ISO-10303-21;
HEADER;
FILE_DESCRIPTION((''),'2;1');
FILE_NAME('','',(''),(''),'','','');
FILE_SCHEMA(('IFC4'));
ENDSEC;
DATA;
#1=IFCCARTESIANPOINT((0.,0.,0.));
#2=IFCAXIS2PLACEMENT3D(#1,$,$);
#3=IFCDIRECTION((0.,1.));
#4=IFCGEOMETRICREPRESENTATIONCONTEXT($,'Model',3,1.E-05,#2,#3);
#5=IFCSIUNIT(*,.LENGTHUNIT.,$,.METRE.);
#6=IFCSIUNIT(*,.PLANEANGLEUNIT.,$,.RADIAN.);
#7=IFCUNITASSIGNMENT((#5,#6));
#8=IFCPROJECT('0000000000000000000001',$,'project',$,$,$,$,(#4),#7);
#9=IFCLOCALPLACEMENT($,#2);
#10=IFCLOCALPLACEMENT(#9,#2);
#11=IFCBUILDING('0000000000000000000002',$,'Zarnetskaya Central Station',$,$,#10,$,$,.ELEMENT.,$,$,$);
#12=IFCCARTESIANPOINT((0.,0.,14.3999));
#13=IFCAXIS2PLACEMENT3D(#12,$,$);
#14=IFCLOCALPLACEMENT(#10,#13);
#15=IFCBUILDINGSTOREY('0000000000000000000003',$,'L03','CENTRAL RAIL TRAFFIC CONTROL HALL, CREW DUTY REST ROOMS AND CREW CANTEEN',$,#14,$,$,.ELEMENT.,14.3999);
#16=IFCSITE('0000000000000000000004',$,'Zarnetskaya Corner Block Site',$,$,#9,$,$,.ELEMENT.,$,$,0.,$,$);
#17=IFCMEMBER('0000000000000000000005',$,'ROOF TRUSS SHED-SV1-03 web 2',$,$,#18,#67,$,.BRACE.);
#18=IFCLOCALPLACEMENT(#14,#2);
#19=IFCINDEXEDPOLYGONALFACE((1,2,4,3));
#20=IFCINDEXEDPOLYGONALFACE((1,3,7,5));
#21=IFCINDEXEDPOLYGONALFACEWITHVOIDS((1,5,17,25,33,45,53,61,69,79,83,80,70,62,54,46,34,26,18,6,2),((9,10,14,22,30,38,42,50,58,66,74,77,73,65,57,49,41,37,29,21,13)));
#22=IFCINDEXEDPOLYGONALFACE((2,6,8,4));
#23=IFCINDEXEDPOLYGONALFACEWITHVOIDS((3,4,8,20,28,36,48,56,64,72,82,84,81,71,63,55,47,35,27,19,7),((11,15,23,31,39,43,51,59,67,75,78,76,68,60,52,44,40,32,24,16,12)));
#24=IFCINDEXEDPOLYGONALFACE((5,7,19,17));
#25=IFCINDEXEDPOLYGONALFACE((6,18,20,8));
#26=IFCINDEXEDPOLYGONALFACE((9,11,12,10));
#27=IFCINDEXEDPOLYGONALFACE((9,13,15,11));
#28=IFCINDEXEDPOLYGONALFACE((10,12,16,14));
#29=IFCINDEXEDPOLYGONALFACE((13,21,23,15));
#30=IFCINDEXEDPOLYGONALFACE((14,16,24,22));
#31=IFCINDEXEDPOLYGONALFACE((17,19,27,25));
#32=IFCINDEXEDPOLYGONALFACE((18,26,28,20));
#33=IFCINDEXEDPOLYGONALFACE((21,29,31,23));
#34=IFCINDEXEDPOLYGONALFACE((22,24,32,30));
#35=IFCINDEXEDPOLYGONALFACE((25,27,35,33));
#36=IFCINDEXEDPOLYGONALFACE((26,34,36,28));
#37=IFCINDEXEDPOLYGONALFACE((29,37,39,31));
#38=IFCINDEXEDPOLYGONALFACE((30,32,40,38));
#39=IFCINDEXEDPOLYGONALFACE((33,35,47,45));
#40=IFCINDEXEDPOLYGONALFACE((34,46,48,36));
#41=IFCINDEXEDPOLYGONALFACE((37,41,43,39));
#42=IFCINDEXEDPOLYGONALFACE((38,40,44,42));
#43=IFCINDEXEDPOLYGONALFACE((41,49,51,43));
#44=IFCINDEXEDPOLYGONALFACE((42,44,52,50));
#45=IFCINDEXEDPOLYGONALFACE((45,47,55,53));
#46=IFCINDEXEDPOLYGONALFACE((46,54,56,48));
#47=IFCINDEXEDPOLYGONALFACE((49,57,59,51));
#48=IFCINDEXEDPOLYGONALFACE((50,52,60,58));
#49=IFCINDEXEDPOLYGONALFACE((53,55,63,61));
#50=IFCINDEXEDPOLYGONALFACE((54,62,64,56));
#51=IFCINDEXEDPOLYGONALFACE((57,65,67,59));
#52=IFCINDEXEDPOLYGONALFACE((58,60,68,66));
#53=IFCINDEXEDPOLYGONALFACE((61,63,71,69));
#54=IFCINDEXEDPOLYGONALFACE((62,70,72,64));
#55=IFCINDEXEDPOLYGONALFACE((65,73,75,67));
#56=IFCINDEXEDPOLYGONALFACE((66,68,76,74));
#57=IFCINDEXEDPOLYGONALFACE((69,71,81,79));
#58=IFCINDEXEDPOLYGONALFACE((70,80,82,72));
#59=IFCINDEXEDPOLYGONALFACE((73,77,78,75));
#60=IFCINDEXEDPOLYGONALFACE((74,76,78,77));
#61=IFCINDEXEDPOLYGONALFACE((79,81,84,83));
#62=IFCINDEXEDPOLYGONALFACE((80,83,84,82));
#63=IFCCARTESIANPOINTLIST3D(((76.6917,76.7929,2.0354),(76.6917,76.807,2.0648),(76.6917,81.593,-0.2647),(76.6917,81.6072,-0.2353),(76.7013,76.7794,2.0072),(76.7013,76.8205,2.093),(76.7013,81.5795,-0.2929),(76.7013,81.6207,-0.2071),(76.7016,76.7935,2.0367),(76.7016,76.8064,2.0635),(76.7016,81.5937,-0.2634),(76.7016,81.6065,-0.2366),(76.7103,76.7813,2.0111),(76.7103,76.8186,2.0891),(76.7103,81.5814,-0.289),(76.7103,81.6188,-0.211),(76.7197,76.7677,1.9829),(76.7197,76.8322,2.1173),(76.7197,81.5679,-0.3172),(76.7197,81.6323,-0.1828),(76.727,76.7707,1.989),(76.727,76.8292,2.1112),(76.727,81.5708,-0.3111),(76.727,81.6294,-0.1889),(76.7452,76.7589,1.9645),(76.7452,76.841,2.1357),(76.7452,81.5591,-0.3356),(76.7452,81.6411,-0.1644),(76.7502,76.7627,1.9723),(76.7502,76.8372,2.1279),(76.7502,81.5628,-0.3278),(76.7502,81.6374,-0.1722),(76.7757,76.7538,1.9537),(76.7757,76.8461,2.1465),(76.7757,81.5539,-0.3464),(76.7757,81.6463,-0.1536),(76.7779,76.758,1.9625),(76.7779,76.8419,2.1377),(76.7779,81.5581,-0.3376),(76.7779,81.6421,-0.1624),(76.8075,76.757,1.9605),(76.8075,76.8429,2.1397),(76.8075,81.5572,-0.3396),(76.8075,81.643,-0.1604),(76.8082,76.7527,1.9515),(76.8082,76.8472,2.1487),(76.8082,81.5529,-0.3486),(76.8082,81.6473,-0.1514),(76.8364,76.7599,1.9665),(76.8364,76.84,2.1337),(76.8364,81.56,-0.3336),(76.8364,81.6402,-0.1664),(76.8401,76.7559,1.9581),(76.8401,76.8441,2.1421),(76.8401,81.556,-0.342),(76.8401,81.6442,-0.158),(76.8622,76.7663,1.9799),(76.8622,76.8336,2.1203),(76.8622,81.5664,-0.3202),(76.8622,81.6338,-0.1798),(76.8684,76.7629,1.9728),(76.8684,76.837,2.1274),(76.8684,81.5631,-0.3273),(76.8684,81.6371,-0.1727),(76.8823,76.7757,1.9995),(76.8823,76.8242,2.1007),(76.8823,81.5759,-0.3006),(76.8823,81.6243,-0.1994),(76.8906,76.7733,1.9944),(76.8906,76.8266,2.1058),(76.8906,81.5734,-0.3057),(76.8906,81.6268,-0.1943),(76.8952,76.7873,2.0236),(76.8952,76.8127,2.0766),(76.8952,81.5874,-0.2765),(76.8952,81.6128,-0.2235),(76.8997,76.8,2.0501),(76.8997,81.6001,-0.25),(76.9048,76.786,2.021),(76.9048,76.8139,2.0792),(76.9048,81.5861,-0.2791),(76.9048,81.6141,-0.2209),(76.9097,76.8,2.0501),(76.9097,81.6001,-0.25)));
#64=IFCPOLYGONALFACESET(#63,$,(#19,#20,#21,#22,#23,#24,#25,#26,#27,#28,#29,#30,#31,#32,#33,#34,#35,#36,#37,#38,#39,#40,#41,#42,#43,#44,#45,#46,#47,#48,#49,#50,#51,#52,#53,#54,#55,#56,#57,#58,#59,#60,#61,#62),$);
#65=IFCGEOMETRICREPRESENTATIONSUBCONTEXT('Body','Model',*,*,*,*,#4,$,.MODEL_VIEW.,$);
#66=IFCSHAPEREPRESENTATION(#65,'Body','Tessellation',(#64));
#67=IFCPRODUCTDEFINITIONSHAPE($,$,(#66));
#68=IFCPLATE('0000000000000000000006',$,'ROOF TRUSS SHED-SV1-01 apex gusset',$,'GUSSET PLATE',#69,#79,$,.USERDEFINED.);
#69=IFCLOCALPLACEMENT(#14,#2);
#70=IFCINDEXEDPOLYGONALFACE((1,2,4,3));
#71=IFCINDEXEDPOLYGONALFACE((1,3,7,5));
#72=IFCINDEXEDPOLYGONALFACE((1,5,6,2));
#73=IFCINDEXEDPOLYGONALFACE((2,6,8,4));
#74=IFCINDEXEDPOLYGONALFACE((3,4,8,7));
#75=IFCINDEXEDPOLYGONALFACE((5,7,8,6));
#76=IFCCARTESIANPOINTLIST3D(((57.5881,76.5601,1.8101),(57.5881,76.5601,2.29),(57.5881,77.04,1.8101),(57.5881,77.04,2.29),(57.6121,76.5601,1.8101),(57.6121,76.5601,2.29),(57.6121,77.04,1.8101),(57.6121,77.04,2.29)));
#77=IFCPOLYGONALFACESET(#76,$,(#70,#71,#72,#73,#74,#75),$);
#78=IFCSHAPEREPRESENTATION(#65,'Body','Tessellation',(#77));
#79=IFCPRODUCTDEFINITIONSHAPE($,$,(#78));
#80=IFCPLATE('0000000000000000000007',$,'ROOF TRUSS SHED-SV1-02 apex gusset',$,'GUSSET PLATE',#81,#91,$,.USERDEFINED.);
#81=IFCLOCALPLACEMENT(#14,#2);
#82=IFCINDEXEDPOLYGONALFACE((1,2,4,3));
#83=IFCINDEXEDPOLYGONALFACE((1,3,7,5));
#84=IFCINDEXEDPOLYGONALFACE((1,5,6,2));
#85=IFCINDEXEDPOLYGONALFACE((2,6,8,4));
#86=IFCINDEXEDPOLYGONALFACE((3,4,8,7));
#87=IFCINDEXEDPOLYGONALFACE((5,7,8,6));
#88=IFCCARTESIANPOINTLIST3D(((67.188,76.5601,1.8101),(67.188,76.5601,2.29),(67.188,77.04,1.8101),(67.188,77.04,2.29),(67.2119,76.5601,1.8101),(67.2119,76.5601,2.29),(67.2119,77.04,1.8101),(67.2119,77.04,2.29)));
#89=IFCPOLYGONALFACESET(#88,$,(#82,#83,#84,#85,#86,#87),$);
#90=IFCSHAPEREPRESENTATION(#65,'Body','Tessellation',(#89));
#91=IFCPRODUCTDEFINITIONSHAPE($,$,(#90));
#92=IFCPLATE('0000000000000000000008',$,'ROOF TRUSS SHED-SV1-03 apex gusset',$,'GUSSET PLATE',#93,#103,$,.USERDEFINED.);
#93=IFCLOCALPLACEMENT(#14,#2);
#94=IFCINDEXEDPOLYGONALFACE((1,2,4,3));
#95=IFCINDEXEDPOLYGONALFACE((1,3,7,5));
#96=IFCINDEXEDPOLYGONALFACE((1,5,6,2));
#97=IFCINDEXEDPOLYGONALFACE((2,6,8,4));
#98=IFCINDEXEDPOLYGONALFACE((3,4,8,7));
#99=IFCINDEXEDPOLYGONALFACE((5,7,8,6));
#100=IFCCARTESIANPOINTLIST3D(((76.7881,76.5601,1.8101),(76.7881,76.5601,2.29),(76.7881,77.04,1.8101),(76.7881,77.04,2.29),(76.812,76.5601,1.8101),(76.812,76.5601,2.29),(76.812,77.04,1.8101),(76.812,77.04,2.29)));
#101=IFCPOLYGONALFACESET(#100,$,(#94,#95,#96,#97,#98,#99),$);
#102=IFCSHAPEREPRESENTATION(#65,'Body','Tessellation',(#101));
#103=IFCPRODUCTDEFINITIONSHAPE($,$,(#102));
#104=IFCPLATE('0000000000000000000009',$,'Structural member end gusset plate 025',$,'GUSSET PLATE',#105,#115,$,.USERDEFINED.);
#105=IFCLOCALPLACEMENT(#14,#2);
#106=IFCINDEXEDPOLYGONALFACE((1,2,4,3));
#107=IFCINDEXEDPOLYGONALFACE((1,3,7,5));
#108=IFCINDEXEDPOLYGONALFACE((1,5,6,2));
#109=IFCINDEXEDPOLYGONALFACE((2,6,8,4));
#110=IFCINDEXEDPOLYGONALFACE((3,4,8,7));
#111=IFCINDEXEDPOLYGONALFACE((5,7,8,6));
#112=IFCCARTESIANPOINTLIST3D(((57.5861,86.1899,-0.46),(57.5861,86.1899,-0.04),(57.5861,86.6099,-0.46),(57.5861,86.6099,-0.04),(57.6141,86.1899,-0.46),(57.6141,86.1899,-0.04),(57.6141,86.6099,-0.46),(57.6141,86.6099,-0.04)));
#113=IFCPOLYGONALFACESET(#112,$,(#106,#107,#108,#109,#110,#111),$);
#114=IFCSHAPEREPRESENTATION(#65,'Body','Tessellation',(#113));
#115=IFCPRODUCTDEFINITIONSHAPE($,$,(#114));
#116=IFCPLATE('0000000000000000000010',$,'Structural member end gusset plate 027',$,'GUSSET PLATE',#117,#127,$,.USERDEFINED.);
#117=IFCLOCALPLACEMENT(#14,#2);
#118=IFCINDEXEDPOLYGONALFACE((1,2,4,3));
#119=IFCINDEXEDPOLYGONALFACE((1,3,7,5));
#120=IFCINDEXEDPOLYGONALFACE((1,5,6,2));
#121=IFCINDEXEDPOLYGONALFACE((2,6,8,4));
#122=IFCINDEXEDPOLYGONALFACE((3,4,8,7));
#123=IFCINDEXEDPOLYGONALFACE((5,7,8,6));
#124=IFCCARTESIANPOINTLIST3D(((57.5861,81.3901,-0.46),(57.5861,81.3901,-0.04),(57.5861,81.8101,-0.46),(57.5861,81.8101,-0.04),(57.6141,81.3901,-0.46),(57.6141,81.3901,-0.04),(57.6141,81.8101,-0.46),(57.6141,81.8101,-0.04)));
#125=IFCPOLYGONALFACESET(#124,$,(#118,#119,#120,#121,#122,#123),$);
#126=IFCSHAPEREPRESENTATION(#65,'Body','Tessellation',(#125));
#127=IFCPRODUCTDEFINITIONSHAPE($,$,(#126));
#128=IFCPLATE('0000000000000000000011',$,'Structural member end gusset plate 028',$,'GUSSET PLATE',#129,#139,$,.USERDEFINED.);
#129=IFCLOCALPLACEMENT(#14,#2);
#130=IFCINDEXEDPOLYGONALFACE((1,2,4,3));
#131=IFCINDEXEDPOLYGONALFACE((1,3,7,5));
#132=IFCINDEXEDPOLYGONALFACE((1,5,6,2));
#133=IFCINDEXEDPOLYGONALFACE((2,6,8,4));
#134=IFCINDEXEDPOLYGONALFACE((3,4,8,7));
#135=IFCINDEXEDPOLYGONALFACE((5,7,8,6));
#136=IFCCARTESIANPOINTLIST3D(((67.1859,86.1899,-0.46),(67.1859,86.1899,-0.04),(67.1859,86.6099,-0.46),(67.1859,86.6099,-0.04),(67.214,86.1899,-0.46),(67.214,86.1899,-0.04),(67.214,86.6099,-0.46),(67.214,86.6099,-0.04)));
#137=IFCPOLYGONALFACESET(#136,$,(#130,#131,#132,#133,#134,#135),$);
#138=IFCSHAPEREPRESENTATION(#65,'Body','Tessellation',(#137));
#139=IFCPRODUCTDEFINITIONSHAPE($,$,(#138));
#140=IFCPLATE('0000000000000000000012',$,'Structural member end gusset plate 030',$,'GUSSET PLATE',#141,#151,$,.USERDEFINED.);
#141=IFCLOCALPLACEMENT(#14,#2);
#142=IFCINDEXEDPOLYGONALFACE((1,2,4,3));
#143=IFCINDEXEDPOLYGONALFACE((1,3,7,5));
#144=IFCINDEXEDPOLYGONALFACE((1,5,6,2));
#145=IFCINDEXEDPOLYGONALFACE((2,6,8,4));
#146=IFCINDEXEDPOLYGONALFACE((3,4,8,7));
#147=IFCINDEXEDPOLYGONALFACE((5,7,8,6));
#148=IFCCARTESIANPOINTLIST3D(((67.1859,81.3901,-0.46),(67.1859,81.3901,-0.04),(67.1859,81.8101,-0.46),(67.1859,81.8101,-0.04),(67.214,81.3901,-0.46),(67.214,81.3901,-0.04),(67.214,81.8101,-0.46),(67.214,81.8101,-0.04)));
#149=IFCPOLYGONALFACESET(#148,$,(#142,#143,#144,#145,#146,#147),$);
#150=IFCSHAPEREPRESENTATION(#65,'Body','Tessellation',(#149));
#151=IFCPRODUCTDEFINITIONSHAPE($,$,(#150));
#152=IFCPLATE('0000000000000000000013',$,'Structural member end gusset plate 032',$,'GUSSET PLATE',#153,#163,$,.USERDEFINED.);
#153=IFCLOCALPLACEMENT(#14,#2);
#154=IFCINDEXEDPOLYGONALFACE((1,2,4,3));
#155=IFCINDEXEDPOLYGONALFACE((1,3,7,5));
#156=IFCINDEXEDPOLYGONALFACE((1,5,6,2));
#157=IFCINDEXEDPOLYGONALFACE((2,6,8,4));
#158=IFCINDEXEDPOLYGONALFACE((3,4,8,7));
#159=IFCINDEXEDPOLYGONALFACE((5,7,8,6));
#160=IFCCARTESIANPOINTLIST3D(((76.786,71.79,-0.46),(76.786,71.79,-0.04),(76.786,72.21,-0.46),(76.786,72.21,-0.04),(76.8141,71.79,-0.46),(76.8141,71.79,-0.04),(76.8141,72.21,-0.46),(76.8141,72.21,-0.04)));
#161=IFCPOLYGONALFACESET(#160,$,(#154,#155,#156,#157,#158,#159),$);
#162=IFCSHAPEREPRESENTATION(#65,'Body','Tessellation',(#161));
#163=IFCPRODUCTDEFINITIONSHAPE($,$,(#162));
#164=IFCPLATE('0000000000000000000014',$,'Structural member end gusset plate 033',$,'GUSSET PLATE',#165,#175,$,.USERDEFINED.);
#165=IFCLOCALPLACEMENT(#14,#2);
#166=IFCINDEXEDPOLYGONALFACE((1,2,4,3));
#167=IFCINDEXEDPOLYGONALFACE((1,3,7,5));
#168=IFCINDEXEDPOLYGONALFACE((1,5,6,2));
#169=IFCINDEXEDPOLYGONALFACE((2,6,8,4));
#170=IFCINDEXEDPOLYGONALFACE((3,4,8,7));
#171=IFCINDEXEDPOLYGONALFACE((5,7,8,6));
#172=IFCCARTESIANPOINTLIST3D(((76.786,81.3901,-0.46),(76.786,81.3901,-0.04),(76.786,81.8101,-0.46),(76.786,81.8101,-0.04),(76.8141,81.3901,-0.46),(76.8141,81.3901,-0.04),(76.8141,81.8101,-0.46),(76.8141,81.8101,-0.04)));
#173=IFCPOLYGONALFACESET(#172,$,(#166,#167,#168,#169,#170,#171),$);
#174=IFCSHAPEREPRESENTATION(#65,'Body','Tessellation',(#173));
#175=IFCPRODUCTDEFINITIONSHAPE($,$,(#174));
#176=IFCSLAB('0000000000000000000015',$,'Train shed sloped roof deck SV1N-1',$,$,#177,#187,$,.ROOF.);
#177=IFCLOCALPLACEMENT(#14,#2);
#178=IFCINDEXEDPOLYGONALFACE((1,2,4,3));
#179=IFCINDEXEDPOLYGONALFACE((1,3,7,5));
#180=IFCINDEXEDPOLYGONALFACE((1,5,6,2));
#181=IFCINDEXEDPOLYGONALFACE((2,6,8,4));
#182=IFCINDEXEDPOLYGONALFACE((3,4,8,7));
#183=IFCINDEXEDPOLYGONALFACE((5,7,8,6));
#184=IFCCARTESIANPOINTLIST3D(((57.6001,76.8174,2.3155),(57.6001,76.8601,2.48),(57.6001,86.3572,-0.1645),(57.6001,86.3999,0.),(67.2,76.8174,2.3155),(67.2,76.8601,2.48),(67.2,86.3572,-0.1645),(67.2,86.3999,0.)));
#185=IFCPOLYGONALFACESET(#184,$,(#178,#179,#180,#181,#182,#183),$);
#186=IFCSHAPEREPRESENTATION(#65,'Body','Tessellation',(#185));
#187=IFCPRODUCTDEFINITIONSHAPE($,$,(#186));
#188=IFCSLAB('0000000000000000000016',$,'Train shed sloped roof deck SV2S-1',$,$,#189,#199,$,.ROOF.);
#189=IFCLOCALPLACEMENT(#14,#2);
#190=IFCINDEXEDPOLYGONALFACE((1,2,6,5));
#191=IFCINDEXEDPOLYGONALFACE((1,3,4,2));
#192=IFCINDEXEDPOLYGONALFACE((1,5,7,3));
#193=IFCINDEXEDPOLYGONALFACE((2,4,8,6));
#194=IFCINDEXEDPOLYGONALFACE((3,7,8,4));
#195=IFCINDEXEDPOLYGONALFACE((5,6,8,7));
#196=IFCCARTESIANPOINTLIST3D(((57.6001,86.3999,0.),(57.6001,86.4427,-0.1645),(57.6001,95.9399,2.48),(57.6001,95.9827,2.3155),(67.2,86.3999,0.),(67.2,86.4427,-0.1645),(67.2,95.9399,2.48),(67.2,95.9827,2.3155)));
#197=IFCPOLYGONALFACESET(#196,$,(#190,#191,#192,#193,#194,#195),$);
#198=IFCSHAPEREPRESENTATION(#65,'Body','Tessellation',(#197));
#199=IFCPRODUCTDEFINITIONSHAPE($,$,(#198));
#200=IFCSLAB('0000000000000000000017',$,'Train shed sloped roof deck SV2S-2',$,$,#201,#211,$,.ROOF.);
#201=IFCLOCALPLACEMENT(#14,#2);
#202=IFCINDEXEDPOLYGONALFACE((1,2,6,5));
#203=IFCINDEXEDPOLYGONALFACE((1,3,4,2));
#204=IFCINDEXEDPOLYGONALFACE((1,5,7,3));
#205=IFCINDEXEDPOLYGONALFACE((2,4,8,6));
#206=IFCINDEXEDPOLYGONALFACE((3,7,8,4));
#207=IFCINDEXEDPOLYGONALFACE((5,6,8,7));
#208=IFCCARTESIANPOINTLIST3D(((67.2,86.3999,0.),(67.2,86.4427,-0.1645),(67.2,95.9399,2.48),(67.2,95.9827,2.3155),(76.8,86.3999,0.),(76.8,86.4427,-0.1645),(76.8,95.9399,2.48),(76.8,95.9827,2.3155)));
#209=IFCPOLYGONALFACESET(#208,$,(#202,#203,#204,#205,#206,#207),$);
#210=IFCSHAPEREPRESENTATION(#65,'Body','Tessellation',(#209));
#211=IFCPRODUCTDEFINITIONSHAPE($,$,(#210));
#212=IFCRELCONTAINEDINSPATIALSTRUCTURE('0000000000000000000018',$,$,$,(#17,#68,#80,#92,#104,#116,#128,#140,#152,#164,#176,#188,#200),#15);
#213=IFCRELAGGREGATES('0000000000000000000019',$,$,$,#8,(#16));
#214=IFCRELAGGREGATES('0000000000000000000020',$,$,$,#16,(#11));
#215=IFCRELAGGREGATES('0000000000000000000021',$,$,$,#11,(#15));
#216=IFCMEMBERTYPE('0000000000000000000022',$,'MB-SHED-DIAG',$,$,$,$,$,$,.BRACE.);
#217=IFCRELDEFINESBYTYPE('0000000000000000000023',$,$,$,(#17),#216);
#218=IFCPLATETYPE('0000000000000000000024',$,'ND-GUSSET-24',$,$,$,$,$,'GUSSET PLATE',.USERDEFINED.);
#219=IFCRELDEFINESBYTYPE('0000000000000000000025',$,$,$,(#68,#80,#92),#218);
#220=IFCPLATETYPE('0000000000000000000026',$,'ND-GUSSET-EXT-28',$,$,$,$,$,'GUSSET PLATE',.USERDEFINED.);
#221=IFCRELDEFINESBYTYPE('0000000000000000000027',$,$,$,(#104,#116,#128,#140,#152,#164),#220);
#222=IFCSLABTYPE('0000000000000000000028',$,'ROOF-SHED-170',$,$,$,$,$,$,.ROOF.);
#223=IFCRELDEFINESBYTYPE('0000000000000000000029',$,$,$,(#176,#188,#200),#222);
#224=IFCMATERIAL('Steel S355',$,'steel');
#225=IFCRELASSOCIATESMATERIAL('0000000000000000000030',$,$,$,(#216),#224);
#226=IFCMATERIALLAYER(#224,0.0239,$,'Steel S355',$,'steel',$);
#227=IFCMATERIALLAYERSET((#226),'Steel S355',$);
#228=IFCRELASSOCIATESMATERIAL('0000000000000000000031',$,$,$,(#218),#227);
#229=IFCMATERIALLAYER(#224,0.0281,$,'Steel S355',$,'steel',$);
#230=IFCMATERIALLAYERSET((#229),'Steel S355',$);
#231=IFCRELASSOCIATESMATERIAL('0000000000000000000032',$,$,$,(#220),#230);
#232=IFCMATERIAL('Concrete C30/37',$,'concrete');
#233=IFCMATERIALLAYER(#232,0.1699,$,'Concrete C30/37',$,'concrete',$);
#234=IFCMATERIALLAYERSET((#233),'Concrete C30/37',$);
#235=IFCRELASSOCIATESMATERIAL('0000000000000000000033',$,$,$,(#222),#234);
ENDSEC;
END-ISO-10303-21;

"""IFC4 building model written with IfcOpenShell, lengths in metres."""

from ifc_helpers import new_model, si_unit, direction, frame, origin, origin_2d, place, context, subcontext, project, spatial, polyline, rectangle, hollow_circle, outline, extrude, material, layer, layer_set, material_profile, profile_set, type_object, element, save


model = new_model("IFC4")

# Units and contexts
model_context = context("Model", 3, precision=1e-05, world=origin(), true_north=direction((0.0, 1.0)))
body_context = subcontext(model_context, "Body", "Model", "MODEL_VIEW")
ifc_project = project(units=[si_unit("LENGTHUNIT", "METRE"), si_unit("PLANEANGLEUNIT", "RADIAN")], contexts=[model_context])

# Site, building, storey
site_placement = place(None, origin())
site = spatial("IfcSite", under=ifc_project, at=site_placement, Name="Zarnetskaya Corner Block Site", CompositionType="ELEMENT", RefElevation=0.0)
building_placement = place(site_placement, origin())
building = spatial("IfcBuilding", under=site, at=building_placement, Name="Zarnetskaya Central Station", CompositionType="ELEMENT")
storey_placement = place(building_placement, frame((0.0, 0.0, 14.3999)))
storey = spatial("IfcBuildingStorey", under=building, at=storey_placement, Name="L03", Description="CENTRAL RAIL TRAFFIC CONTROL HALL, CREW DUTY REST ROOMS AND CREW CANTEEN", CompositionType="ELEMENT", Elevation=14.3999)

# Shared definitions
ifc_material_1 = material(Name="Steel S355", Category="steel")

# Member
ifc_material_profile_1 = material_profile(ifc_material_1, hollow_circle(Radius=0.1096, WallThickness=0.01, at=origin_2d()), Name="CHS 219.1x10")
ifc_profile_set_1 = profile_set([ifc_material_profile_1], Name="Steel S355")
member_type_1 = type_object("IfcMemberType", Name="MB-SHED-DIAG", PredefinedType="BRACE", material=ifc_profile_set_1)
for number, where, z_axis, x_axis, name in (
    (1, (76.8, 81.6001, -0.25), (0.0, -0.901814, 0.432124), (1.0, 0.0, 0.0), "ROOF TRUSS SHED-SV1-03 web 2"),
):
    element("IfcMember", number, at=place(storey_placement, frame(where, z_axis=z_axis, x_axis=x_axis)), inside=storey, type_object=member_type_1, Name=name, PredefinedType="BRACE", context=body_context, shape_type="SweptSolid", body=[
        extrude(hollow_circle(Radius=0.1096, WallThickness=0.01, at=origin_2d()), origin(), (0.0, 0.0, 1.0), 5.3228),
    ])

# Plates
ifc_layer_1 = layer(ifc_material_1, 0.0239, Name="Steel S355", Category="steel")
ifc_layer_set_1 = layer_set([ifc_layer_1], Name="Steel S355")
plate_type_1 = type_object("IfcPlateType", Name="ND-GUSSET-24", ElementType="GUSSET PLATE", PredefinedType="USERDEFINED", material=ifc_layer_set_1)
for number, where, z_axis, x_axis, name in (
    (2, (57.6001, 76.8, 1.8101), (0.0, 0.0, 1.0), (1.0, 0.0, 0.0), "ROOF TRUSS SHED-SV1-01 apex gusset"),
    (3, (67.2, 76.8, 1.8101), (0.0, 0.0, 1.0), (1.0, 0.0, 0.0), "ROOF TRUSS SHED-SV1-02 apex gusset"),
    (4, (76.8, 76.8, 1.8101), (0.0, 0.0, 1.0), (1.0, 0.0, 0.0), "ROOF TRUSS SHED-SV1-03 apex gusset"),
):
    element("IfcPlate", number, at=place(storey_placement, frame(where, z_axis=z_axis, x_axis=x_axis)), inside=storey, type_object=plate_type_1, Name=name, ObjectType="GUSSET PLATE", PredefinedType="USERDEFINED", context=body_context, shape_type="SweptSolid", body=[
        extrude(rectangle(XDim=0.0239, YDim=0.48, at=origin_2d()), origin(), (0.0, 0.0, 1.0), 0.48),
    ])
ifc_layer_2 = layer(ifc_material_1, 0.0281, Name="Steel S355", Category="steel")
ifc_layer_set_2 = layer_set([ifc_layer_2], Name="Steel S355")
plate_type_2 = type_object("IfcPlateType", Name="ND-GUSSET-EXT-28", ElementType="GUSSET PLATE", PredefinedType="USERDEFINED", material=ifc_layer_set_2)
for number, where, z_axis, x_axis, name in (
    (5, (57.6001, 86.3999, -0.46), (0.0, 0.0, 1.0), (1.0, 0.0, 0.0), "Structural member end gusset plate 025"),
    (6, (57.6001, 81.6001, -0.46), (0.0, 0.0, 1.0), (1.0, 0.0, 0.0), "Structural member end gusset plate 027"),
    (7, (67.2, 86.3999, -0.46), (0.0, 0.0, 1.0), (1.0, 0.0, 0.0), "Structural member end gusset plate 028"),
    (8, (67.2, 81.6001, -0.46), (0.0, 0.0, 1.0), (1.0, 0.0, 0.0), "Structural member end gusset plate 030"),
    (9, (76.8, 72.0, -0.46), (0.0, 0.0, 1.0), (1.0, 0.0, 0.0), "Structural member end gusset plate 032"),
    (10, (76.8, 81.6001, -0.46), (0.0, 0.0, 1.0), (1.0, 0.0, 0.0), "Structural member end gusset plate 033"),
):
    element("IfcPlate", number, at=place(storey_placement, frame(where, z_axis=z_axis, x_axis=x_axis)), inside=storey, type_object=plate_type_2, Name=name, ObjectType="GUSSET PLATE", PredefinedType="USERDEFINED", context=body_context, shape_type="SweptSolid", body=[
        extrude(rectangle(XDim=0.0281, YDim=0.4199, at=origin_2d()), origin(), (0.0, 0.0, 1.0), 0.4199),
    ])

# Slabs
ifc_material_2 = material(Name="Concrete C30/37", Category="concrete")
ifc_layer_3 = layer(ifc_material_2, 0.1699, Name="Concrete C30/37", Category="concrete")
ifc_layer_set_3 = layer_set([ifc_layer_3], Name="Concrete C30/37")
slab_type = type_object("IfcSlabType", Name="ROOF-SHED-170", PredefinedType="ROOF", material=ifc_layer_set_3)
slab_1_placement = place(storey_placement, frame((67.2, 86.3999, 0.0), z_axis=(0.0, 0.251599, 0.967832), x_axis=(-1.0, 0.0, 0.0)))
element("IfcSlab", 11, at=slab_1_placement, inside=storey, type_object=slab_type, Name="Train shed sloped roof deck SV1N-1", PredefinedType="ROOF", context=body_context, shape_type="SweptSolid", body=[
    extrude(outline(polyline([(0.0, 0.0), (9.5999, 0.0), (9.5999, 9.8569), (0.0, 9.8569), (0.0, 0.0)])), origin(), (0.0, 0.0, -1.0), 0.1699),
])
slab_2_placement = place(storey_placement, frame((57.6001, 86.3999, 0.0), z_axis=(0.0, -0.251593, 0.967833), x_axis=(1.0, 0.0, 0.0)))
element("IfcSlab", 12, at=slab_2_placement, inside=storey, type_object=slab_type, Name="Train shed sloped roof deck SV2S-1", PredefinedType="ROOF", context=body_context, shape_type="SweptSolid", body=[
    extrude(outline(polyline([(0.0, 0.0), (9.5999, 0.0), (9.5999, 9.8571), (0.0, 9.8571), (0.0, 0.0)])), origin(), (0.0, 0.0, -1.0), 0.1699),
])
slab_3_placement = place(storey_placement, frame((67.2, 86.3999, 0.0), z_axis=(0.0, -0.251593, 0.967833), x_axis=(1.0, 0.0, 0.0)))
element("IfcSlab", 13, at=slab_3_placement, inside=storey, type_object=slab_type, Name="Train shed sloped roof deck SV2S-2", PredefinedType="ROOF", context=body_context, shape_type="SweptSolid", body=[
    extrude(outline(polyline([(0.0, 0.0), (9.6001, 0.0), (9.6001, 9.8571), (0.0, 9.8571), (0.0, 0.0)])), origin(), (0.0, 0.0, -1.0), 0.1699),
])

save(model, "model.ifc")
